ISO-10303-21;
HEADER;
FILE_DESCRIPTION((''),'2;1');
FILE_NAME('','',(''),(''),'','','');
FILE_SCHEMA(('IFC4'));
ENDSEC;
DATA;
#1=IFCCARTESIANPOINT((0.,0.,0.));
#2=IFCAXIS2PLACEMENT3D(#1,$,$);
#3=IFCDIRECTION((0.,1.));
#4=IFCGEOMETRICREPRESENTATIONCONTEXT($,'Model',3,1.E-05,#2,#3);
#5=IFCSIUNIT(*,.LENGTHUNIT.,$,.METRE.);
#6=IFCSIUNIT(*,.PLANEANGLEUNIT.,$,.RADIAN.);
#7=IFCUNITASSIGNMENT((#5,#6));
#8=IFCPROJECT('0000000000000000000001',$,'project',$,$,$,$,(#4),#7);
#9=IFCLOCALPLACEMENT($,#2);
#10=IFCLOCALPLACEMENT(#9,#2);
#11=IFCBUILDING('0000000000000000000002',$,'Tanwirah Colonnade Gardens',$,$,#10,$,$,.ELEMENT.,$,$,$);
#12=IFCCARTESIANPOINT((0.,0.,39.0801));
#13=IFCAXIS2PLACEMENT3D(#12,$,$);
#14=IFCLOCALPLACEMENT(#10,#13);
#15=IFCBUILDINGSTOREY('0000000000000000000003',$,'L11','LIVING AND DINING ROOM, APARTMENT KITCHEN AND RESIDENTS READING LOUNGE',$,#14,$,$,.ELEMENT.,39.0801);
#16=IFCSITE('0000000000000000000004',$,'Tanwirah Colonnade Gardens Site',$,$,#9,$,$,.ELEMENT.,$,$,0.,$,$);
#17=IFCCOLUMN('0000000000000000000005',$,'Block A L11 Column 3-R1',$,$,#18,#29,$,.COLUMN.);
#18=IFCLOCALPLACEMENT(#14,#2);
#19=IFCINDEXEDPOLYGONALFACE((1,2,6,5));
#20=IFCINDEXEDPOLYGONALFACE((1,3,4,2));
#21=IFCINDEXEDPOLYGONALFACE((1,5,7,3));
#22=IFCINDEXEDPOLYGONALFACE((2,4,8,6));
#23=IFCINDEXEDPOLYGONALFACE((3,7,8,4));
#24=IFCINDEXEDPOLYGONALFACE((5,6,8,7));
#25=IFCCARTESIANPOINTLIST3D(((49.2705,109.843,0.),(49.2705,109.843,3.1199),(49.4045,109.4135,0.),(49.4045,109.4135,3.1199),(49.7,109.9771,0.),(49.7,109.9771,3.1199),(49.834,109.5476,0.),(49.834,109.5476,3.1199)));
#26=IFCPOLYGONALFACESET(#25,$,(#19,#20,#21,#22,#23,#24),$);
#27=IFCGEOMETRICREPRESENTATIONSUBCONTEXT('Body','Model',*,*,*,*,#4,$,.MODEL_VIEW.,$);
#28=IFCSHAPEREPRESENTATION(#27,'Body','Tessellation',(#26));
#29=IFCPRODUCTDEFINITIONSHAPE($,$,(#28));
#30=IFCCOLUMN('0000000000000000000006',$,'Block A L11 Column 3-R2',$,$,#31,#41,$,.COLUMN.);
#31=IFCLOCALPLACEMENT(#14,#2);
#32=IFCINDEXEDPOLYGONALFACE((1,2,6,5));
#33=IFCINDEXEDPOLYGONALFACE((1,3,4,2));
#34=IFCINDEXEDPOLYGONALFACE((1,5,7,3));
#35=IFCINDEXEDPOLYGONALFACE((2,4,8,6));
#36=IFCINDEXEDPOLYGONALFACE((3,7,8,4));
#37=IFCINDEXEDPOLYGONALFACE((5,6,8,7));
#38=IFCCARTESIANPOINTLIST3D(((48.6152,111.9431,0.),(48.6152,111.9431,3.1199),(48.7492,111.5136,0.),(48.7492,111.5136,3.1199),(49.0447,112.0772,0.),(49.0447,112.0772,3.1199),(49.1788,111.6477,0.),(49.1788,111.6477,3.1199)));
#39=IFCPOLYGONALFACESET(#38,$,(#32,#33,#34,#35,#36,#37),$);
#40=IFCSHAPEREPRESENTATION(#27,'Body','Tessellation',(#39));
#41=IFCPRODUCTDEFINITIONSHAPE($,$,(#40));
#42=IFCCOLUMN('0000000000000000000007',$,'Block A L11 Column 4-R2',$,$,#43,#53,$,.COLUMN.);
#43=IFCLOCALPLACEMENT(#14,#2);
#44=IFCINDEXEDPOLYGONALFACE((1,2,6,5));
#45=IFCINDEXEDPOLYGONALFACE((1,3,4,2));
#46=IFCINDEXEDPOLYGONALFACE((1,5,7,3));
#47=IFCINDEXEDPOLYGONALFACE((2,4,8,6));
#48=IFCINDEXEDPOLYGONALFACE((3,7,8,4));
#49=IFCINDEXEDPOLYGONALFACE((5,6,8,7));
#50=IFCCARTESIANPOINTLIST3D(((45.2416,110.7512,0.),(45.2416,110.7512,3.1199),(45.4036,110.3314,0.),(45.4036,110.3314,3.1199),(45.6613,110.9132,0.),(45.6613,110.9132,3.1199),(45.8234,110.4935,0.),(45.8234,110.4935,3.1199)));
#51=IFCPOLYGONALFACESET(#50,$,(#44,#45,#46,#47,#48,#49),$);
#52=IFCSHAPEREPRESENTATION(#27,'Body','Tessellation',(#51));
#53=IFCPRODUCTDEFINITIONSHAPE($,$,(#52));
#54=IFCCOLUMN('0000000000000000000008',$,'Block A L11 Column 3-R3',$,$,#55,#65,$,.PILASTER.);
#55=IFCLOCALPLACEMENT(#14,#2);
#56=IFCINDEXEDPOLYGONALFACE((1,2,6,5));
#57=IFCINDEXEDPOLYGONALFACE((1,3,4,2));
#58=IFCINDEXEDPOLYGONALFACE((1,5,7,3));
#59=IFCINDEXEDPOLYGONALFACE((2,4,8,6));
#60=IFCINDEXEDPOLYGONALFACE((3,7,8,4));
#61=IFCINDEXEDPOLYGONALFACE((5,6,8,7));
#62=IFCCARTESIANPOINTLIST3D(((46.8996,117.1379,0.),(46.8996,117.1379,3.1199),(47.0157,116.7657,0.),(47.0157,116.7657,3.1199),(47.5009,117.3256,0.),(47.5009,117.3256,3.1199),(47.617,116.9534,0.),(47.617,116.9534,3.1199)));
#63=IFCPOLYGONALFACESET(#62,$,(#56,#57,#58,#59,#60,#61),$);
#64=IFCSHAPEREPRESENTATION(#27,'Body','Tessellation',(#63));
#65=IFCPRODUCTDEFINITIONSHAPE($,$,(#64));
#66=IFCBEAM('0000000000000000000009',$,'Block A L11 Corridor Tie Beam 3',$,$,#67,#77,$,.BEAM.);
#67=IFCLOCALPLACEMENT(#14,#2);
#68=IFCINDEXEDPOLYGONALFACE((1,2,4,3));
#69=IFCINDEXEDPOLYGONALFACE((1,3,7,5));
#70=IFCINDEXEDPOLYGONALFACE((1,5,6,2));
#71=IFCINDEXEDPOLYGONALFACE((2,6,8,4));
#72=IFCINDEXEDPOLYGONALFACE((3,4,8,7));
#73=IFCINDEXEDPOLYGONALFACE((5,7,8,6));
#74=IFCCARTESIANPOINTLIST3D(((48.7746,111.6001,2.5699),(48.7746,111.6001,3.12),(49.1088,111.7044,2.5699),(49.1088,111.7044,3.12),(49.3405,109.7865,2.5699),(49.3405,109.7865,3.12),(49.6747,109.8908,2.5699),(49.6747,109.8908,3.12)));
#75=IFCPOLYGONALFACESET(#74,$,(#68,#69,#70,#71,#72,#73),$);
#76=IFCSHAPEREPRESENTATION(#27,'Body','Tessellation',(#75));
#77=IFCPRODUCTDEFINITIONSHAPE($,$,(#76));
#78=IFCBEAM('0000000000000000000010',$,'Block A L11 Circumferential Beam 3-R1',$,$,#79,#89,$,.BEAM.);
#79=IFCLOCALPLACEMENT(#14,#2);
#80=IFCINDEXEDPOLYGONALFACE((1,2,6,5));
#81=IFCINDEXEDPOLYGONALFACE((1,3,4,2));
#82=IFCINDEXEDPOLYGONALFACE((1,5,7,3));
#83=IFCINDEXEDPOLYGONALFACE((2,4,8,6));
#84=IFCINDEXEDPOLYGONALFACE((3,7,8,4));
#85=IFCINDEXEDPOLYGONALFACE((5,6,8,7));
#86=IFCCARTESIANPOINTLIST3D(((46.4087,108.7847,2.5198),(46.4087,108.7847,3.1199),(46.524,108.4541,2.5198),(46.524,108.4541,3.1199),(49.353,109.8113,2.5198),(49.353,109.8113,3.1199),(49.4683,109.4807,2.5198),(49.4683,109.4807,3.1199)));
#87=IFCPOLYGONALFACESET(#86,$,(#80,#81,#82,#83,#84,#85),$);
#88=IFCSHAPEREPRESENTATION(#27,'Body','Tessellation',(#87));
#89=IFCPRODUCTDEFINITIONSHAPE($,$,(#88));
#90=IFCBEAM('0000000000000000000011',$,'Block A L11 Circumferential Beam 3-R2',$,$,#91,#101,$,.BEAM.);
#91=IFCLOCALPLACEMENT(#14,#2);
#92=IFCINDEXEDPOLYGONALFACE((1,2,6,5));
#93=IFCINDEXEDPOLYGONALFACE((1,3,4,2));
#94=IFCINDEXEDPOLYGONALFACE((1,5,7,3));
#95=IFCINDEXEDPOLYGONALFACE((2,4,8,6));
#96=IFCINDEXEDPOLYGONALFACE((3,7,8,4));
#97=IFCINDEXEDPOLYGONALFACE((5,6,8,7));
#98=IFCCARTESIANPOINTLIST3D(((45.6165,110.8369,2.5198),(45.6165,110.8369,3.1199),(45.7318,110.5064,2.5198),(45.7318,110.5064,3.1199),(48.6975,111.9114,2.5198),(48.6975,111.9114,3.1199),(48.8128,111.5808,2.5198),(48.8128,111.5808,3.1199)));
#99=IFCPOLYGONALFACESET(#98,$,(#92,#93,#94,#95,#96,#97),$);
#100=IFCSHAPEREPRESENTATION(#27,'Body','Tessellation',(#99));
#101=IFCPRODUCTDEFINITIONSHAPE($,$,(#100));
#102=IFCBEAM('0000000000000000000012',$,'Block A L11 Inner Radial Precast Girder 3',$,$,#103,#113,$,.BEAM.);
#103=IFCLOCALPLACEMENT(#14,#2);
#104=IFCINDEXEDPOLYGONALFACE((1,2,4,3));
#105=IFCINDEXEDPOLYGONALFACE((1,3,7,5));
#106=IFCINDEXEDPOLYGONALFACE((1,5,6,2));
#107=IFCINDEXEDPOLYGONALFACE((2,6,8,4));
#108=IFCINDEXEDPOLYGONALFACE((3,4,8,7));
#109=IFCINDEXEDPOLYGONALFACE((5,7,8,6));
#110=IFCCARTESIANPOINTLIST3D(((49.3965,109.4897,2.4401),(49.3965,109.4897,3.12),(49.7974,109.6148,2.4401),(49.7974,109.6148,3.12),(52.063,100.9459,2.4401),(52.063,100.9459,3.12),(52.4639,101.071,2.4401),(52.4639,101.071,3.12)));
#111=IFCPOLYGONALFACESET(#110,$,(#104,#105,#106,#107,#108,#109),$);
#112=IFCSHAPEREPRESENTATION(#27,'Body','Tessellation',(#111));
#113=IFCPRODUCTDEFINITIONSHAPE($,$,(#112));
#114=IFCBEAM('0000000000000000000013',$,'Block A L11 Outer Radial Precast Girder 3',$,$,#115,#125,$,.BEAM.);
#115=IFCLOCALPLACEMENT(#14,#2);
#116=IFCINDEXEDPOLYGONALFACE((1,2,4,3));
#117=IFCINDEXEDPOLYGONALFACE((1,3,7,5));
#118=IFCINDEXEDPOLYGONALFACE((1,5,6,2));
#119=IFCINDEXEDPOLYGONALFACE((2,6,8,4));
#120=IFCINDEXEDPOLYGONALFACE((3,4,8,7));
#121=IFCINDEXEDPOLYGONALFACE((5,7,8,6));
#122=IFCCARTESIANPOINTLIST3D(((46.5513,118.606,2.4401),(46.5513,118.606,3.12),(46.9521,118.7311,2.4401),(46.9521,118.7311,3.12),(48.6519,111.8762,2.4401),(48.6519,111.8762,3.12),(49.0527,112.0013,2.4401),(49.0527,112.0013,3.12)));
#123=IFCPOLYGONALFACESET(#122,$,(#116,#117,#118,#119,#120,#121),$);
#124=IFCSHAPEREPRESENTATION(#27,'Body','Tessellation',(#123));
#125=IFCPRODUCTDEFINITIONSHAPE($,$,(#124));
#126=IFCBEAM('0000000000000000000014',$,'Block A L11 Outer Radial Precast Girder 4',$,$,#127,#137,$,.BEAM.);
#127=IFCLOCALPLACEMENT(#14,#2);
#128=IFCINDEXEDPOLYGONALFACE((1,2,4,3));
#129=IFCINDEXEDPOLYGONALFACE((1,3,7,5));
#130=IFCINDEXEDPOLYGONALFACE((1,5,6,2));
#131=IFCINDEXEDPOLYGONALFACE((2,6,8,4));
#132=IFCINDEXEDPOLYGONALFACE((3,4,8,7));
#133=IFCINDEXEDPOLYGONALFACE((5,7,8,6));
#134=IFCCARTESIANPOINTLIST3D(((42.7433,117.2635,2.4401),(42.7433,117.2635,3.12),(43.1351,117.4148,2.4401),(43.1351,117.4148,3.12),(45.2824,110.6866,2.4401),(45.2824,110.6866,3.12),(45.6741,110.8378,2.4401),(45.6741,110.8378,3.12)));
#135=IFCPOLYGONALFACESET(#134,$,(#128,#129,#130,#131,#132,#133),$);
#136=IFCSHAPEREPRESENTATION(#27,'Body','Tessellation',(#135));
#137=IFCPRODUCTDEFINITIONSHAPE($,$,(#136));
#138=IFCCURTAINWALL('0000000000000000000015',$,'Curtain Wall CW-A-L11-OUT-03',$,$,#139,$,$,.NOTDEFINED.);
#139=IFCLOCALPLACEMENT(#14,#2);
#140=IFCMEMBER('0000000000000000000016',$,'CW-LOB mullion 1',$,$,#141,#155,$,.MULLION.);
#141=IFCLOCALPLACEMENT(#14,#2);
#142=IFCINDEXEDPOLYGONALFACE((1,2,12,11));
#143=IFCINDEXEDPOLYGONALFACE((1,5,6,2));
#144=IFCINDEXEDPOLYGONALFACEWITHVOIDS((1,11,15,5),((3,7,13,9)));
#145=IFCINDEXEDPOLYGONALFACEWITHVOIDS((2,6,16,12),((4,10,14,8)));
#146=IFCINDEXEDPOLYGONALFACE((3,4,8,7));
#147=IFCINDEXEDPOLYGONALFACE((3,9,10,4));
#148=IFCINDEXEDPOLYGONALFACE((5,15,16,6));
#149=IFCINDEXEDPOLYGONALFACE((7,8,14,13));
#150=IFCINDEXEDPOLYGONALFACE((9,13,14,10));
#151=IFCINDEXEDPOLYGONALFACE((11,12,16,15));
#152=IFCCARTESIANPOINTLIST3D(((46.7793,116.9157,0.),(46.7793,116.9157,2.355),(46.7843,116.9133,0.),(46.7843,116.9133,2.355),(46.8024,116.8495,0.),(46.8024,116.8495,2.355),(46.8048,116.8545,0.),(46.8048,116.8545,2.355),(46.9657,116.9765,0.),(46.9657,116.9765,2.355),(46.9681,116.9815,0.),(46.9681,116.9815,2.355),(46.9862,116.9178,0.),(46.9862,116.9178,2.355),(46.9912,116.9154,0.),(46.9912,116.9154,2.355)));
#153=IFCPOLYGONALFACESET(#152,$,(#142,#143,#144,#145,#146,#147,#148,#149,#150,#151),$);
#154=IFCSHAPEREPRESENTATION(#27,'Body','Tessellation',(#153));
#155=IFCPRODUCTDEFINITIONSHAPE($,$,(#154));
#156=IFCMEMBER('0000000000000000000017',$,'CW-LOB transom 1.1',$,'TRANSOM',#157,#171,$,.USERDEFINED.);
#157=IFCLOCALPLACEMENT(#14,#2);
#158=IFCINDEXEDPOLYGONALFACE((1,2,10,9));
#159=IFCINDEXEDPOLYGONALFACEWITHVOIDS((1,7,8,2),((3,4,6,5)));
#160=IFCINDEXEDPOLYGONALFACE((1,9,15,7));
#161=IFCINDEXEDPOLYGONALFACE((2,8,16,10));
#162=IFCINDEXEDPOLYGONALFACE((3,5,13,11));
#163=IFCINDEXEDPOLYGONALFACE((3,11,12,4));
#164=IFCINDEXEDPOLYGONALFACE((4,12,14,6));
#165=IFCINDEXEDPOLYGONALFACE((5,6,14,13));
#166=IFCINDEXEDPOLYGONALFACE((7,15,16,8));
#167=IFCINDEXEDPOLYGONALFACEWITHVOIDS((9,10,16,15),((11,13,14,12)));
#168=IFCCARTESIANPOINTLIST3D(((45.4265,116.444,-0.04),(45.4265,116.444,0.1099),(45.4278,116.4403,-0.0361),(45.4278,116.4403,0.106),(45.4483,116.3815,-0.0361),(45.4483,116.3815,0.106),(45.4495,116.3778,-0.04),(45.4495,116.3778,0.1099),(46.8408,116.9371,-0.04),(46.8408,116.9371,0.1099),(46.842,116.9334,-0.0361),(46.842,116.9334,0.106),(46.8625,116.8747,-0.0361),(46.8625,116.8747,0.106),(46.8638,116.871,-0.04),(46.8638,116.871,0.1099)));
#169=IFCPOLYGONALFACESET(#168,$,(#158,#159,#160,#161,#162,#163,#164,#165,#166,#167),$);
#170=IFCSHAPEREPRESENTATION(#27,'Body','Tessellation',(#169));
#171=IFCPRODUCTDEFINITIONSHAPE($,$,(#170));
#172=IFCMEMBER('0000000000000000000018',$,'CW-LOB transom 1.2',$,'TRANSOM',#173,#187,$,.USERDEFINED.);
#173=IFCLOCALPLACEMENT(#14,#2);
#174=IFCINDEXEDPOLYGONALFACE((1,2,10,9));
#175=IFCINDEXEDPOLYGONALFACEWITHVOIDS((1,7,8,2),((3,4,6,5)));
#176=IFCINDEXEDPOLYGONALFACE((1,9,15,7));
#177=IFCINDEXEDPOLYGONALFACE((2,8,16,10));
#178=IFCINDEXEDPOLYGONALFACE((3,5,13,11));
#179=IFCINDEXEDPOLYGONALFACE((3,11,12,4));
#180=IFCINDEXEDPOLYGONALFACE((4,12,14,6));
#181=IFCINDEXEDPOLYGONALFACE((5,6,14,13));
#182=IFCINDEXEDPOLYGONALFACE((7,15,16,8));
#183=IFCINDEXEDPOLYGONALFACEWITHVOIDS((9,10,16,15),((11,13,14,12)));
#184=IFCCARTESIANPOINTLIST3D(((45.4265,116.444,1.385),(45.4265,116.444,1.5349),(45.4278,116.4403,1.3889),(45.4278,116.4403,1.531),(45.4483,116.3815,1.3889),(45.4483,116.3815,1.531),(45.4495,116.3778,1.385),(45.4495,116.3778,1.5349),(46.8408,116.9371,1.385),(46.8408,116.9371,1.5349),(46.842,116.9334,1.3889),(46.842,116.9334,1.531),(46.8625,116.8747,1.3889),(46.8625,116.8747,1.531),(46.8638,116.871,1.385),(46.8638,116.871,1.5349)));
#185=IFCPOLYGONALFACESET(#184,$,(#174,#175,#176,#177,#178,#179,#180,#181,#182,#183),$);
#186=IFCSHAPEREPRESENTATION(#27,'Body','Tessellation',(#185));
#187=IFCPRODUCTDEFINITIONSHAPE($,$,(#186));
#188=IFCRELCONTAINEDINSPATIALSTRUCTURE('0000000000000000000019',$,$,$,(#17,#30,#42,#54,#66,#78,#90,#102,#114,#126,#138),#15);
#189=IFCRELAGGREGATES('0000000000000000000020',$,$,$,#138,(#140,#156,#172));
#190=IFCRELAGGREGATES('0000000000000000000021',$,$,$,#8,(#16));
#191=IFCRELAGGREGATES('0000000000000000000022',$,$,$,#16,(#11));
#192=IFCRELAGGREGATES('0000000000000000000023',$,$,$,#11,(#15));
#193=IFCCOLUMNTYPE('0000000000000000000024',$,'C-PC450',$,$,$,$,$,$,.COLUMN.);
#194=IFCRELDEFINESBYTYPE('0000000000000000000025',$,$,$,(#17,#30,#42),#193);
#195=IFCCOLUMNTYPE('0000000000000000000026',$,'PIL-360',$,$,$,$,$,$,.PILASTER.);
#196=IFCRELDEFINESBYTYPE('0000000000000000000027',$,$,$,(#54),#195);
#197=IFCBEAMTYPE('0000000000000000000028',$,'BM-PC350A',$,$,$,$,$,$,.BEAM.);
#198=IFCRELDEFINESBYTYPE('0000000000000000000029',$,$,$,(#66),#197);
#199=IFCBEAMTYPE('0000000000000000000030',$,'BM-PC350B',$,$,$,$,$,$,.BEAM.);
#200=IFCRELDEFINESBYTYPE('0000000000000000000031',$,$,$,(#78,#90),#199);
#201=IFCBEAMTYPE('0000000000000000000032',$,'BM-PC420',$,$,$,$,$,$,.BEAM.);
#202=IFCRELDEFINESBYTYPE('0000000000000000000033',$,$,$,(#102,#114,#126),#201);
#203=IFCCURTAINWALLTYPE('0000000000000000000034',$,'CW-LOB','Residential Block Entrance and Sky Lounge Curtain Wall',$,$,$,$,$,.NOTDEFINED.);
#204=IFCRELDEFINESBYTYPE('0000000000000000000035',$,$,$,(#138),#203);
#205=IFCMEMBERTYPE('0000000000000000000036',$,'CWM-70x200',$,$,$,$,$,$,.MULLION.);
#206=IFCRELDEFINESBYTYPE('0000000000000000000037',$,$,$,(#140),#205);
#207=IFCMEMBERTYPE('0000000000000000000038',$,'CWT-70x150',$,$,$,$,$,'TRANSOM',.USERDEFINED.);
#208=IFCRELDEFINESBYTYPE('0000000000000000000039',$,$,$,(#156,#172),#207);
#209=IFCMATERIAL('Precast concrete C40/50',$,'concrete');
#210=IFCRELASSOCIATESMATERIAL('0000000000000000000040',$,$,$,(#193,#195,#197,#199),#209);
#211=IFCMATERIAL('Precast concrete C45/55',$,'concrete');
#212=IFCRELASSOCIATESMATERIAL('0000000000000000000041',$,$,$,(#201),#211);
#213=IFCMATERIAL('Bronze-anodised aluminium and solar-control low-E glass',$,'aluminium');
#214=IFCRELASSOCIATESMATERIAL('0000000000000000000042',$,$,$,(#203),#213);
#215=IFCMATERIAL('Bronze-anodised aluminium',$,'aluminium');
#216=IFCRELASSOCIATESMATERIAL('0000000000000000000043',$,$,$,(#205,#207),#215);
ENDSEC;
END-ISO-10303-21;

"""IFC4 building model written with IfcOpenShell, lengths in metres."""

from ifc_helpers import new_model, si_unit, direction, frame, origin, origin_2d, place, context, subcontext, project, spatial, rectangle, hollow_rectangle, extrude, material, material_profile, profile_set, type_object, element, aggregate, save


model = new_model("IFC4")

# Units and contexts
model_context = context("Model", 3, precision=1e-05, world=origin(), true_north=direction((0.0, 1.0)))
body_context = subcontext(model_context, "Body", "Model", "MODEL_VIEW")
ifc_project = project(units=[si_unit("LENGTHUNIT", "METRE"), si_unit("PLANEANGLEUNIT", "RADIAN")], contexts=[model_context])

# Site, building, storey
site_placement = place(None, origin())
site = spatial("IfcSite", under=ifc_project, at=site_placement, Name="Tanwirah Colonnade Gardens Site", CompositionType="ELEMENT", RefElevation=0.0)
building_placement = place(site_placement, origin())
building = spatial("IfcBuilding", under=site, at=building_placement, Name="Tanwirah Colonnade Gardens", CompositionType="ELEMENT")
storey_placement = place(building_placement, frame((0.0, 0.0, 39.0801)))
storey = spatial("IfcBuildingStorey", under=building, at=storey_placement, Name="L11", Description="LIVING AND DINING ROOM, APARTMENT KITCHEN AND RESIDENTS READING LOUNGE", CompositionType="ELEMENT", Elevation=39.0801)

# Columns
ifc_material_1 = material(Name="Precast concrete C40/50", Category="concrete")
ifc_material_profile_1 = material_profile(ifc_material_1, rectangle(XDim=0.45, YDim=0.45, at=origin_2d()), Name="PC-COL 450x450")
ifc_profile_set_1 = profile_set([ifc_material_profile_1], Name="Precast concrete C40/50")
column_type_1 = type_object("IfcColumnType", Name="C-PC450", PredefinedType="COLUMN", material=ifc_profile_set_1)
for number, where, z_axis, x_axis, name in (
    (1, (49.5522, 109.6953, 0.0), (0.0, 0.0, 1.0), (-0.29793, 0.954588, 0.0), "Block A L11 Column 3-R1"),
    (2, (48.897, 111.7954, 0.0), (0.0, 0.0, 1.0), (-0.29793, 0.954588, 0.0), "Block A L11 Column 3-R2"),
    (3, (45.5325, 110.6223, 0.0), (0.0, 0.0, 1.0), (-0.360178, 0.932884, 0.0), "Block A L11 Column 4-R2"),
):
    element("IfcColumn", number, at=place(storey_placement, frame(where, z_axis=z_axis, x_axis=x_axis)), inside=storey, type_object=column_type_1, Name=name, PredefinedType="COLUMN", context=body_context, shape_type="SweptSolid", body=[
        extrude(rectangle(XDim=0.45, YDim=0.45, at=origin_2d()), origin(), (0.0, 0.0, 1.0), 3.1199),
    ])
ifc_material_profile_2 = material_profile(ifc_material_1, rectangle(XDim=0.3899, YDim=0.6299, at=origin_2d()), Name="PC-PIL 390x630")
ifc_profile_set_2 = profile_set([ifc_material_profile_2], Name="Precast concrete C40/50")
column_type_2 = type_object("IfcColumnType", Name="PIL-360", PredefinedType="PILASTER", material=ifc_profile_set_2)
column_placement = place(storey_placement, frame((47.2583, 117.0457, 0.0), z_axis=(0.0, 0.0, 1.0), x_axis=(-0.29793, 0.954588, 0.0)))
element("IfcColumn", 4, at=column_placement, inside=storey, type_object=column_type_2, Name="Block A L11 Column 3-R3", PredefinedType="PILASTER", context=body_context, shape_type="SweptSolid", body=[
    extrude(rectangle(XDim=0.3899, YDim=0.6299, at=origin_2d()), origin(), (0.0, 0.0, 1.0), 3.1199),
])

# Beams
ifc_material_profile_3 = material_profile(ifc_material_1, rectangle(XDim=0.3501, YDim=0.55, at=origin_2d()), Name="PC-BM 350x550")
ifc_profile_set_3 = profile_set([ifc_material_profile_3], Name="Precast concrete C40/50")
beam_type_1 = type_object("IfcBeamType", Name="BM-PC350A", PredefinedType="BEAM", material=ifc_profile_set_3)
beam_1_placement = place(storey_placement, frame((49.5076, 109.8386, 2.845), z_axis=(-0.297858, 0.95461, 0.0), x_axis=(-0.95461, -0.297858, 0.0)))
element("IfcBeam", 5, at=beam_1_placement, inside=storey, type_object=beam_type_1, Name="Block A L11 Corridor Tie Beam 3", PredefinedType="BEAM", context=body_context, shape_type="SweptSolid", body=[
    extrude(rectangle(XDim=0.3501, YDim=0.55, at=origin_2d()), origin(), (0.0, 0.0, 1.0), 1.8999),
])
ifc_material_profile_4 = material_profile(ifc_material_1, rectangle(XDim=0.3501, YDim=0.6001, at=origin_2d()), Name="PC-BM 350x600")
ifc_profile_set_4 = profile_set([ifc_material_profile_4], Name="Precast concrete C40/50")
beam_type_2 = type_object("IfcBeamType", Name="BM-PC350B", PredefinedType="BEAM", material=ifc_profile_set_4)
beam_2_placement = place(storey_placement, frame((49.4106, 109.646, 2.8198), z_axis=(-0.944248, -0.329234, 0.0), x_axis=(0.329234, -0.944248, 0.0)))
element("IfcBeam", 6, at=beam_2_placement, inside=storey, type_object=beam_type_2, Name="Block A L11 Circumferential Beam 3-R1", PredefinedType="BEAM", context=body_context, shape_type="SweptSolid", body=[
    extrude(rectangle(XDim=0.3501, YDim=0.6001, at=origin_2d()), origin(), (0.0, 0.0, 1.0), 3.1182),
])
beam_3_placement = place(storey_placement, frame((48.7551, 111.7461, 2.8198), z_axis=(-0.944231, -0.329284, 0.0), x_axis=(0.329284, -0.944231, 0.0)))
element("IfcBeam", 7, at=beam_3_placement, inside=storey, type_object=beam_type_2, Name="Block A L11 Circumferential Beam 3-R2", PredefinedType="BEAM", context=body_context, shape_type="SweptSolid", body=[
    extrude(rectangle(XDim=0.3501, YDim=0.6001, at=origin_2d()), origin(), (0.0, 0.0, 1.0), 3.2629),
])
ifc_material_2 = material(Name="Precast concrete C45/55", Category="concrete")
ifc_material_profile_5 = material_profile(ifc_material_2, rectangle(XDim=0.4199, YDim=0.6799, at=origin_2d()), Name="PC-BM 420x680")
ifc_profile_set_5 = profile_set([ifc_material_profile_5], Name="Precast concrete C45/55")
beam_type_3 = type_object("IfcBeamType", Name="BM-PC420", PredefinedType="BEAM", material=ifc_profile_set_5)
beam_4_placement = place(storey_placement, frame((49.5969, 109.5522, 2.78), z_axis=(0.297929, -0.954588, 0.0), x_axis=(0.954588, 0.297929, 0.0)))
element("IfcBeam", 8, at=beam_4_placement, inside=storey, type_object=beam_type_3, Name="Block A L11 Inner Radial Precast Girder 3", PredefinedType="BEAM", context=body_context, shape_type="SweptSolid", body=[
    extrude(rectangle(XDim=0.4199, YDim=0.6799, at=origin_2d()), origin(), (0.0, 0.0, 1.0), 8.9502),
])
for number, where, z_axis, x_axis, name in (
    (9, (48.8523, 111.9387, 2.78), (-0.297958, 0.954579, 0.0), (-0.954579, -0.297958, 0.0), "Block A L11 Outer Radial Precast Girder 3"),
    (10, (45.4783, 110.7622, 2.78), (-0.360151, 0.932894, 0.0), (-0.932894, -0.360151, 0.0), "Block A L11 Outer Radial Precast Girder 4"),
):
    element("IfcBeam", number, at=place(storey_placement, frame(where, z_axis=z_axis, x_axis=x_axis)), inside=storey, type_object=beam_type_3, Name=name, PredefinedType="BEAM", context=body_context, shape_type="SweptSolid", body=[
        extrude(rectangle(XDim=0.4199, YDim=0.6799, at=origin_2d()), origin(), (0.0, 0.0, 1.0), 7.05),
    ])

# Curtain wall, members
ifc_material_3 = material(Name="Bronze-anodised aluminium and solar-control low-E glass", Category="aluminium")
curtain_wall_type = type_object("IfcCurtainWallType", Name="CW-LOB", Description="Residential Block Entrance and Sky Lounge Curtain Wall", PredefinedType="NOTDEFINED", material=ifc_material_3)
curtain_wall_placement = place(storey_placement, origin())
curtain_wall = element("IfcCurtainWall", 11, at=curtain_wall_placement, inside=storey, type_object=curtain_wall_type, Name="Curtain Wall CW-A-L11-OUT-03", PredefinedType="NOTDEFINED")
ifc_material_4 = material(Name="Bronze-anodised aluminium", Category="aluminium")
ifc_material_profile_6 = material_profile(ifc_material_4, hollow_rectangle(XDim=0.0701, YDim=0.2, WallThickness=0.0039, at=origin_2d()), Name="CW-MUL 70x200x4")
ifc_profile_set_6 = profile_set([ifc_material_profile_6], Name="Bronze-anodised aluminium")
member_type_1 = type_object("IfcMemberType", Name="CWM-70x200", PredefinedType="MULLION", material=ifc_profile_set_6)
member_1_placement = place(storey_placement, frame((46.8853, 116.9155, 0.0), z_axis=(0.0, 0.0, 1.0), x_axis=(0.329233, -0.944249, 0.0)))
member_1 = element("IfcMember", 12, at=member_1_placement, type_object=member_type_1, Name="CW-LOB mullion 1", PredefinedType="MULLION", context=body_context, shape_type="SweptSolid", body=[
    extrude(hollow_rectangle(XDim=0.0701, YDim=0.2, WallThickness=0.0039, at=origin_2d()), origin(), (0.0, 0.0, 1.0), 2.355),
])
ifc_material_profile_7 = material_profile(ifc_material_4, hollow_rectangle(XDim=0.0701, YDim=0.1499, WallThickness=0.0039, at=origin_2d()), Name="CW-TRN 70x150x4")
ifc_profile_set_7 = profile_set([ifc_material_profile_7], Name="Bronze-anodised aluminium")
member_type_2 = type_object("IfcMemberType", Name="CWT-70x150", ElementType="TRANSOM", PredefinedType="USERDEFINED", material=ifc_profile_set_7)
member_2_placement = place(storey_placement, frame((46.8523, 116.9041, 0.0349), z_axis=(-0.944241, -0.329254, 0.0), x_axis=(0.329254, -0.944241, 0.0)))
member_2 = element("IfcMember", 13, at=member_2_placement, type_object=member_type_2, Name="CW-LOB transom 1.1", ObjectType="TRANSOM", PredefinedType="USERDEFINED", context=body_context, shape_type="SweptSolid", body=[
    extrude(hollow_rectangle(XDim=0.0701, YDim=0.1499, WallThickness=0.0039, at=origin_2d()), origin(), (0.0, 0.0, 1.0), 1.4978),
])
member_3_placement = place(storey_placement, frame((46.8523, 116.9041, 1.46), z_axis=(-0.944241, -0.329254, 0.0), x_axis=(0.329254, -0.944241, 0.0)))
member_3 = element("IfcMember", 14, at=member_3_placement, type_object=member_type_2, Name="CW-LOB transom 1.2", ObjectType="TRANSOM", PredefinedType="USERDEFINED", context=body_context, shape_type="SweptSolid", body=[
    extrude(hollow_rectangle(XDim=0.0701, YDim=0.1499, WallThickness=0.0039, at=origin_2d()), origin(), (0.0, 0.0, 1.0), 1.4978),
])

aggregate(curtain_wall, [member_1, member_2, member_3])

save(model, "model.ifc")
